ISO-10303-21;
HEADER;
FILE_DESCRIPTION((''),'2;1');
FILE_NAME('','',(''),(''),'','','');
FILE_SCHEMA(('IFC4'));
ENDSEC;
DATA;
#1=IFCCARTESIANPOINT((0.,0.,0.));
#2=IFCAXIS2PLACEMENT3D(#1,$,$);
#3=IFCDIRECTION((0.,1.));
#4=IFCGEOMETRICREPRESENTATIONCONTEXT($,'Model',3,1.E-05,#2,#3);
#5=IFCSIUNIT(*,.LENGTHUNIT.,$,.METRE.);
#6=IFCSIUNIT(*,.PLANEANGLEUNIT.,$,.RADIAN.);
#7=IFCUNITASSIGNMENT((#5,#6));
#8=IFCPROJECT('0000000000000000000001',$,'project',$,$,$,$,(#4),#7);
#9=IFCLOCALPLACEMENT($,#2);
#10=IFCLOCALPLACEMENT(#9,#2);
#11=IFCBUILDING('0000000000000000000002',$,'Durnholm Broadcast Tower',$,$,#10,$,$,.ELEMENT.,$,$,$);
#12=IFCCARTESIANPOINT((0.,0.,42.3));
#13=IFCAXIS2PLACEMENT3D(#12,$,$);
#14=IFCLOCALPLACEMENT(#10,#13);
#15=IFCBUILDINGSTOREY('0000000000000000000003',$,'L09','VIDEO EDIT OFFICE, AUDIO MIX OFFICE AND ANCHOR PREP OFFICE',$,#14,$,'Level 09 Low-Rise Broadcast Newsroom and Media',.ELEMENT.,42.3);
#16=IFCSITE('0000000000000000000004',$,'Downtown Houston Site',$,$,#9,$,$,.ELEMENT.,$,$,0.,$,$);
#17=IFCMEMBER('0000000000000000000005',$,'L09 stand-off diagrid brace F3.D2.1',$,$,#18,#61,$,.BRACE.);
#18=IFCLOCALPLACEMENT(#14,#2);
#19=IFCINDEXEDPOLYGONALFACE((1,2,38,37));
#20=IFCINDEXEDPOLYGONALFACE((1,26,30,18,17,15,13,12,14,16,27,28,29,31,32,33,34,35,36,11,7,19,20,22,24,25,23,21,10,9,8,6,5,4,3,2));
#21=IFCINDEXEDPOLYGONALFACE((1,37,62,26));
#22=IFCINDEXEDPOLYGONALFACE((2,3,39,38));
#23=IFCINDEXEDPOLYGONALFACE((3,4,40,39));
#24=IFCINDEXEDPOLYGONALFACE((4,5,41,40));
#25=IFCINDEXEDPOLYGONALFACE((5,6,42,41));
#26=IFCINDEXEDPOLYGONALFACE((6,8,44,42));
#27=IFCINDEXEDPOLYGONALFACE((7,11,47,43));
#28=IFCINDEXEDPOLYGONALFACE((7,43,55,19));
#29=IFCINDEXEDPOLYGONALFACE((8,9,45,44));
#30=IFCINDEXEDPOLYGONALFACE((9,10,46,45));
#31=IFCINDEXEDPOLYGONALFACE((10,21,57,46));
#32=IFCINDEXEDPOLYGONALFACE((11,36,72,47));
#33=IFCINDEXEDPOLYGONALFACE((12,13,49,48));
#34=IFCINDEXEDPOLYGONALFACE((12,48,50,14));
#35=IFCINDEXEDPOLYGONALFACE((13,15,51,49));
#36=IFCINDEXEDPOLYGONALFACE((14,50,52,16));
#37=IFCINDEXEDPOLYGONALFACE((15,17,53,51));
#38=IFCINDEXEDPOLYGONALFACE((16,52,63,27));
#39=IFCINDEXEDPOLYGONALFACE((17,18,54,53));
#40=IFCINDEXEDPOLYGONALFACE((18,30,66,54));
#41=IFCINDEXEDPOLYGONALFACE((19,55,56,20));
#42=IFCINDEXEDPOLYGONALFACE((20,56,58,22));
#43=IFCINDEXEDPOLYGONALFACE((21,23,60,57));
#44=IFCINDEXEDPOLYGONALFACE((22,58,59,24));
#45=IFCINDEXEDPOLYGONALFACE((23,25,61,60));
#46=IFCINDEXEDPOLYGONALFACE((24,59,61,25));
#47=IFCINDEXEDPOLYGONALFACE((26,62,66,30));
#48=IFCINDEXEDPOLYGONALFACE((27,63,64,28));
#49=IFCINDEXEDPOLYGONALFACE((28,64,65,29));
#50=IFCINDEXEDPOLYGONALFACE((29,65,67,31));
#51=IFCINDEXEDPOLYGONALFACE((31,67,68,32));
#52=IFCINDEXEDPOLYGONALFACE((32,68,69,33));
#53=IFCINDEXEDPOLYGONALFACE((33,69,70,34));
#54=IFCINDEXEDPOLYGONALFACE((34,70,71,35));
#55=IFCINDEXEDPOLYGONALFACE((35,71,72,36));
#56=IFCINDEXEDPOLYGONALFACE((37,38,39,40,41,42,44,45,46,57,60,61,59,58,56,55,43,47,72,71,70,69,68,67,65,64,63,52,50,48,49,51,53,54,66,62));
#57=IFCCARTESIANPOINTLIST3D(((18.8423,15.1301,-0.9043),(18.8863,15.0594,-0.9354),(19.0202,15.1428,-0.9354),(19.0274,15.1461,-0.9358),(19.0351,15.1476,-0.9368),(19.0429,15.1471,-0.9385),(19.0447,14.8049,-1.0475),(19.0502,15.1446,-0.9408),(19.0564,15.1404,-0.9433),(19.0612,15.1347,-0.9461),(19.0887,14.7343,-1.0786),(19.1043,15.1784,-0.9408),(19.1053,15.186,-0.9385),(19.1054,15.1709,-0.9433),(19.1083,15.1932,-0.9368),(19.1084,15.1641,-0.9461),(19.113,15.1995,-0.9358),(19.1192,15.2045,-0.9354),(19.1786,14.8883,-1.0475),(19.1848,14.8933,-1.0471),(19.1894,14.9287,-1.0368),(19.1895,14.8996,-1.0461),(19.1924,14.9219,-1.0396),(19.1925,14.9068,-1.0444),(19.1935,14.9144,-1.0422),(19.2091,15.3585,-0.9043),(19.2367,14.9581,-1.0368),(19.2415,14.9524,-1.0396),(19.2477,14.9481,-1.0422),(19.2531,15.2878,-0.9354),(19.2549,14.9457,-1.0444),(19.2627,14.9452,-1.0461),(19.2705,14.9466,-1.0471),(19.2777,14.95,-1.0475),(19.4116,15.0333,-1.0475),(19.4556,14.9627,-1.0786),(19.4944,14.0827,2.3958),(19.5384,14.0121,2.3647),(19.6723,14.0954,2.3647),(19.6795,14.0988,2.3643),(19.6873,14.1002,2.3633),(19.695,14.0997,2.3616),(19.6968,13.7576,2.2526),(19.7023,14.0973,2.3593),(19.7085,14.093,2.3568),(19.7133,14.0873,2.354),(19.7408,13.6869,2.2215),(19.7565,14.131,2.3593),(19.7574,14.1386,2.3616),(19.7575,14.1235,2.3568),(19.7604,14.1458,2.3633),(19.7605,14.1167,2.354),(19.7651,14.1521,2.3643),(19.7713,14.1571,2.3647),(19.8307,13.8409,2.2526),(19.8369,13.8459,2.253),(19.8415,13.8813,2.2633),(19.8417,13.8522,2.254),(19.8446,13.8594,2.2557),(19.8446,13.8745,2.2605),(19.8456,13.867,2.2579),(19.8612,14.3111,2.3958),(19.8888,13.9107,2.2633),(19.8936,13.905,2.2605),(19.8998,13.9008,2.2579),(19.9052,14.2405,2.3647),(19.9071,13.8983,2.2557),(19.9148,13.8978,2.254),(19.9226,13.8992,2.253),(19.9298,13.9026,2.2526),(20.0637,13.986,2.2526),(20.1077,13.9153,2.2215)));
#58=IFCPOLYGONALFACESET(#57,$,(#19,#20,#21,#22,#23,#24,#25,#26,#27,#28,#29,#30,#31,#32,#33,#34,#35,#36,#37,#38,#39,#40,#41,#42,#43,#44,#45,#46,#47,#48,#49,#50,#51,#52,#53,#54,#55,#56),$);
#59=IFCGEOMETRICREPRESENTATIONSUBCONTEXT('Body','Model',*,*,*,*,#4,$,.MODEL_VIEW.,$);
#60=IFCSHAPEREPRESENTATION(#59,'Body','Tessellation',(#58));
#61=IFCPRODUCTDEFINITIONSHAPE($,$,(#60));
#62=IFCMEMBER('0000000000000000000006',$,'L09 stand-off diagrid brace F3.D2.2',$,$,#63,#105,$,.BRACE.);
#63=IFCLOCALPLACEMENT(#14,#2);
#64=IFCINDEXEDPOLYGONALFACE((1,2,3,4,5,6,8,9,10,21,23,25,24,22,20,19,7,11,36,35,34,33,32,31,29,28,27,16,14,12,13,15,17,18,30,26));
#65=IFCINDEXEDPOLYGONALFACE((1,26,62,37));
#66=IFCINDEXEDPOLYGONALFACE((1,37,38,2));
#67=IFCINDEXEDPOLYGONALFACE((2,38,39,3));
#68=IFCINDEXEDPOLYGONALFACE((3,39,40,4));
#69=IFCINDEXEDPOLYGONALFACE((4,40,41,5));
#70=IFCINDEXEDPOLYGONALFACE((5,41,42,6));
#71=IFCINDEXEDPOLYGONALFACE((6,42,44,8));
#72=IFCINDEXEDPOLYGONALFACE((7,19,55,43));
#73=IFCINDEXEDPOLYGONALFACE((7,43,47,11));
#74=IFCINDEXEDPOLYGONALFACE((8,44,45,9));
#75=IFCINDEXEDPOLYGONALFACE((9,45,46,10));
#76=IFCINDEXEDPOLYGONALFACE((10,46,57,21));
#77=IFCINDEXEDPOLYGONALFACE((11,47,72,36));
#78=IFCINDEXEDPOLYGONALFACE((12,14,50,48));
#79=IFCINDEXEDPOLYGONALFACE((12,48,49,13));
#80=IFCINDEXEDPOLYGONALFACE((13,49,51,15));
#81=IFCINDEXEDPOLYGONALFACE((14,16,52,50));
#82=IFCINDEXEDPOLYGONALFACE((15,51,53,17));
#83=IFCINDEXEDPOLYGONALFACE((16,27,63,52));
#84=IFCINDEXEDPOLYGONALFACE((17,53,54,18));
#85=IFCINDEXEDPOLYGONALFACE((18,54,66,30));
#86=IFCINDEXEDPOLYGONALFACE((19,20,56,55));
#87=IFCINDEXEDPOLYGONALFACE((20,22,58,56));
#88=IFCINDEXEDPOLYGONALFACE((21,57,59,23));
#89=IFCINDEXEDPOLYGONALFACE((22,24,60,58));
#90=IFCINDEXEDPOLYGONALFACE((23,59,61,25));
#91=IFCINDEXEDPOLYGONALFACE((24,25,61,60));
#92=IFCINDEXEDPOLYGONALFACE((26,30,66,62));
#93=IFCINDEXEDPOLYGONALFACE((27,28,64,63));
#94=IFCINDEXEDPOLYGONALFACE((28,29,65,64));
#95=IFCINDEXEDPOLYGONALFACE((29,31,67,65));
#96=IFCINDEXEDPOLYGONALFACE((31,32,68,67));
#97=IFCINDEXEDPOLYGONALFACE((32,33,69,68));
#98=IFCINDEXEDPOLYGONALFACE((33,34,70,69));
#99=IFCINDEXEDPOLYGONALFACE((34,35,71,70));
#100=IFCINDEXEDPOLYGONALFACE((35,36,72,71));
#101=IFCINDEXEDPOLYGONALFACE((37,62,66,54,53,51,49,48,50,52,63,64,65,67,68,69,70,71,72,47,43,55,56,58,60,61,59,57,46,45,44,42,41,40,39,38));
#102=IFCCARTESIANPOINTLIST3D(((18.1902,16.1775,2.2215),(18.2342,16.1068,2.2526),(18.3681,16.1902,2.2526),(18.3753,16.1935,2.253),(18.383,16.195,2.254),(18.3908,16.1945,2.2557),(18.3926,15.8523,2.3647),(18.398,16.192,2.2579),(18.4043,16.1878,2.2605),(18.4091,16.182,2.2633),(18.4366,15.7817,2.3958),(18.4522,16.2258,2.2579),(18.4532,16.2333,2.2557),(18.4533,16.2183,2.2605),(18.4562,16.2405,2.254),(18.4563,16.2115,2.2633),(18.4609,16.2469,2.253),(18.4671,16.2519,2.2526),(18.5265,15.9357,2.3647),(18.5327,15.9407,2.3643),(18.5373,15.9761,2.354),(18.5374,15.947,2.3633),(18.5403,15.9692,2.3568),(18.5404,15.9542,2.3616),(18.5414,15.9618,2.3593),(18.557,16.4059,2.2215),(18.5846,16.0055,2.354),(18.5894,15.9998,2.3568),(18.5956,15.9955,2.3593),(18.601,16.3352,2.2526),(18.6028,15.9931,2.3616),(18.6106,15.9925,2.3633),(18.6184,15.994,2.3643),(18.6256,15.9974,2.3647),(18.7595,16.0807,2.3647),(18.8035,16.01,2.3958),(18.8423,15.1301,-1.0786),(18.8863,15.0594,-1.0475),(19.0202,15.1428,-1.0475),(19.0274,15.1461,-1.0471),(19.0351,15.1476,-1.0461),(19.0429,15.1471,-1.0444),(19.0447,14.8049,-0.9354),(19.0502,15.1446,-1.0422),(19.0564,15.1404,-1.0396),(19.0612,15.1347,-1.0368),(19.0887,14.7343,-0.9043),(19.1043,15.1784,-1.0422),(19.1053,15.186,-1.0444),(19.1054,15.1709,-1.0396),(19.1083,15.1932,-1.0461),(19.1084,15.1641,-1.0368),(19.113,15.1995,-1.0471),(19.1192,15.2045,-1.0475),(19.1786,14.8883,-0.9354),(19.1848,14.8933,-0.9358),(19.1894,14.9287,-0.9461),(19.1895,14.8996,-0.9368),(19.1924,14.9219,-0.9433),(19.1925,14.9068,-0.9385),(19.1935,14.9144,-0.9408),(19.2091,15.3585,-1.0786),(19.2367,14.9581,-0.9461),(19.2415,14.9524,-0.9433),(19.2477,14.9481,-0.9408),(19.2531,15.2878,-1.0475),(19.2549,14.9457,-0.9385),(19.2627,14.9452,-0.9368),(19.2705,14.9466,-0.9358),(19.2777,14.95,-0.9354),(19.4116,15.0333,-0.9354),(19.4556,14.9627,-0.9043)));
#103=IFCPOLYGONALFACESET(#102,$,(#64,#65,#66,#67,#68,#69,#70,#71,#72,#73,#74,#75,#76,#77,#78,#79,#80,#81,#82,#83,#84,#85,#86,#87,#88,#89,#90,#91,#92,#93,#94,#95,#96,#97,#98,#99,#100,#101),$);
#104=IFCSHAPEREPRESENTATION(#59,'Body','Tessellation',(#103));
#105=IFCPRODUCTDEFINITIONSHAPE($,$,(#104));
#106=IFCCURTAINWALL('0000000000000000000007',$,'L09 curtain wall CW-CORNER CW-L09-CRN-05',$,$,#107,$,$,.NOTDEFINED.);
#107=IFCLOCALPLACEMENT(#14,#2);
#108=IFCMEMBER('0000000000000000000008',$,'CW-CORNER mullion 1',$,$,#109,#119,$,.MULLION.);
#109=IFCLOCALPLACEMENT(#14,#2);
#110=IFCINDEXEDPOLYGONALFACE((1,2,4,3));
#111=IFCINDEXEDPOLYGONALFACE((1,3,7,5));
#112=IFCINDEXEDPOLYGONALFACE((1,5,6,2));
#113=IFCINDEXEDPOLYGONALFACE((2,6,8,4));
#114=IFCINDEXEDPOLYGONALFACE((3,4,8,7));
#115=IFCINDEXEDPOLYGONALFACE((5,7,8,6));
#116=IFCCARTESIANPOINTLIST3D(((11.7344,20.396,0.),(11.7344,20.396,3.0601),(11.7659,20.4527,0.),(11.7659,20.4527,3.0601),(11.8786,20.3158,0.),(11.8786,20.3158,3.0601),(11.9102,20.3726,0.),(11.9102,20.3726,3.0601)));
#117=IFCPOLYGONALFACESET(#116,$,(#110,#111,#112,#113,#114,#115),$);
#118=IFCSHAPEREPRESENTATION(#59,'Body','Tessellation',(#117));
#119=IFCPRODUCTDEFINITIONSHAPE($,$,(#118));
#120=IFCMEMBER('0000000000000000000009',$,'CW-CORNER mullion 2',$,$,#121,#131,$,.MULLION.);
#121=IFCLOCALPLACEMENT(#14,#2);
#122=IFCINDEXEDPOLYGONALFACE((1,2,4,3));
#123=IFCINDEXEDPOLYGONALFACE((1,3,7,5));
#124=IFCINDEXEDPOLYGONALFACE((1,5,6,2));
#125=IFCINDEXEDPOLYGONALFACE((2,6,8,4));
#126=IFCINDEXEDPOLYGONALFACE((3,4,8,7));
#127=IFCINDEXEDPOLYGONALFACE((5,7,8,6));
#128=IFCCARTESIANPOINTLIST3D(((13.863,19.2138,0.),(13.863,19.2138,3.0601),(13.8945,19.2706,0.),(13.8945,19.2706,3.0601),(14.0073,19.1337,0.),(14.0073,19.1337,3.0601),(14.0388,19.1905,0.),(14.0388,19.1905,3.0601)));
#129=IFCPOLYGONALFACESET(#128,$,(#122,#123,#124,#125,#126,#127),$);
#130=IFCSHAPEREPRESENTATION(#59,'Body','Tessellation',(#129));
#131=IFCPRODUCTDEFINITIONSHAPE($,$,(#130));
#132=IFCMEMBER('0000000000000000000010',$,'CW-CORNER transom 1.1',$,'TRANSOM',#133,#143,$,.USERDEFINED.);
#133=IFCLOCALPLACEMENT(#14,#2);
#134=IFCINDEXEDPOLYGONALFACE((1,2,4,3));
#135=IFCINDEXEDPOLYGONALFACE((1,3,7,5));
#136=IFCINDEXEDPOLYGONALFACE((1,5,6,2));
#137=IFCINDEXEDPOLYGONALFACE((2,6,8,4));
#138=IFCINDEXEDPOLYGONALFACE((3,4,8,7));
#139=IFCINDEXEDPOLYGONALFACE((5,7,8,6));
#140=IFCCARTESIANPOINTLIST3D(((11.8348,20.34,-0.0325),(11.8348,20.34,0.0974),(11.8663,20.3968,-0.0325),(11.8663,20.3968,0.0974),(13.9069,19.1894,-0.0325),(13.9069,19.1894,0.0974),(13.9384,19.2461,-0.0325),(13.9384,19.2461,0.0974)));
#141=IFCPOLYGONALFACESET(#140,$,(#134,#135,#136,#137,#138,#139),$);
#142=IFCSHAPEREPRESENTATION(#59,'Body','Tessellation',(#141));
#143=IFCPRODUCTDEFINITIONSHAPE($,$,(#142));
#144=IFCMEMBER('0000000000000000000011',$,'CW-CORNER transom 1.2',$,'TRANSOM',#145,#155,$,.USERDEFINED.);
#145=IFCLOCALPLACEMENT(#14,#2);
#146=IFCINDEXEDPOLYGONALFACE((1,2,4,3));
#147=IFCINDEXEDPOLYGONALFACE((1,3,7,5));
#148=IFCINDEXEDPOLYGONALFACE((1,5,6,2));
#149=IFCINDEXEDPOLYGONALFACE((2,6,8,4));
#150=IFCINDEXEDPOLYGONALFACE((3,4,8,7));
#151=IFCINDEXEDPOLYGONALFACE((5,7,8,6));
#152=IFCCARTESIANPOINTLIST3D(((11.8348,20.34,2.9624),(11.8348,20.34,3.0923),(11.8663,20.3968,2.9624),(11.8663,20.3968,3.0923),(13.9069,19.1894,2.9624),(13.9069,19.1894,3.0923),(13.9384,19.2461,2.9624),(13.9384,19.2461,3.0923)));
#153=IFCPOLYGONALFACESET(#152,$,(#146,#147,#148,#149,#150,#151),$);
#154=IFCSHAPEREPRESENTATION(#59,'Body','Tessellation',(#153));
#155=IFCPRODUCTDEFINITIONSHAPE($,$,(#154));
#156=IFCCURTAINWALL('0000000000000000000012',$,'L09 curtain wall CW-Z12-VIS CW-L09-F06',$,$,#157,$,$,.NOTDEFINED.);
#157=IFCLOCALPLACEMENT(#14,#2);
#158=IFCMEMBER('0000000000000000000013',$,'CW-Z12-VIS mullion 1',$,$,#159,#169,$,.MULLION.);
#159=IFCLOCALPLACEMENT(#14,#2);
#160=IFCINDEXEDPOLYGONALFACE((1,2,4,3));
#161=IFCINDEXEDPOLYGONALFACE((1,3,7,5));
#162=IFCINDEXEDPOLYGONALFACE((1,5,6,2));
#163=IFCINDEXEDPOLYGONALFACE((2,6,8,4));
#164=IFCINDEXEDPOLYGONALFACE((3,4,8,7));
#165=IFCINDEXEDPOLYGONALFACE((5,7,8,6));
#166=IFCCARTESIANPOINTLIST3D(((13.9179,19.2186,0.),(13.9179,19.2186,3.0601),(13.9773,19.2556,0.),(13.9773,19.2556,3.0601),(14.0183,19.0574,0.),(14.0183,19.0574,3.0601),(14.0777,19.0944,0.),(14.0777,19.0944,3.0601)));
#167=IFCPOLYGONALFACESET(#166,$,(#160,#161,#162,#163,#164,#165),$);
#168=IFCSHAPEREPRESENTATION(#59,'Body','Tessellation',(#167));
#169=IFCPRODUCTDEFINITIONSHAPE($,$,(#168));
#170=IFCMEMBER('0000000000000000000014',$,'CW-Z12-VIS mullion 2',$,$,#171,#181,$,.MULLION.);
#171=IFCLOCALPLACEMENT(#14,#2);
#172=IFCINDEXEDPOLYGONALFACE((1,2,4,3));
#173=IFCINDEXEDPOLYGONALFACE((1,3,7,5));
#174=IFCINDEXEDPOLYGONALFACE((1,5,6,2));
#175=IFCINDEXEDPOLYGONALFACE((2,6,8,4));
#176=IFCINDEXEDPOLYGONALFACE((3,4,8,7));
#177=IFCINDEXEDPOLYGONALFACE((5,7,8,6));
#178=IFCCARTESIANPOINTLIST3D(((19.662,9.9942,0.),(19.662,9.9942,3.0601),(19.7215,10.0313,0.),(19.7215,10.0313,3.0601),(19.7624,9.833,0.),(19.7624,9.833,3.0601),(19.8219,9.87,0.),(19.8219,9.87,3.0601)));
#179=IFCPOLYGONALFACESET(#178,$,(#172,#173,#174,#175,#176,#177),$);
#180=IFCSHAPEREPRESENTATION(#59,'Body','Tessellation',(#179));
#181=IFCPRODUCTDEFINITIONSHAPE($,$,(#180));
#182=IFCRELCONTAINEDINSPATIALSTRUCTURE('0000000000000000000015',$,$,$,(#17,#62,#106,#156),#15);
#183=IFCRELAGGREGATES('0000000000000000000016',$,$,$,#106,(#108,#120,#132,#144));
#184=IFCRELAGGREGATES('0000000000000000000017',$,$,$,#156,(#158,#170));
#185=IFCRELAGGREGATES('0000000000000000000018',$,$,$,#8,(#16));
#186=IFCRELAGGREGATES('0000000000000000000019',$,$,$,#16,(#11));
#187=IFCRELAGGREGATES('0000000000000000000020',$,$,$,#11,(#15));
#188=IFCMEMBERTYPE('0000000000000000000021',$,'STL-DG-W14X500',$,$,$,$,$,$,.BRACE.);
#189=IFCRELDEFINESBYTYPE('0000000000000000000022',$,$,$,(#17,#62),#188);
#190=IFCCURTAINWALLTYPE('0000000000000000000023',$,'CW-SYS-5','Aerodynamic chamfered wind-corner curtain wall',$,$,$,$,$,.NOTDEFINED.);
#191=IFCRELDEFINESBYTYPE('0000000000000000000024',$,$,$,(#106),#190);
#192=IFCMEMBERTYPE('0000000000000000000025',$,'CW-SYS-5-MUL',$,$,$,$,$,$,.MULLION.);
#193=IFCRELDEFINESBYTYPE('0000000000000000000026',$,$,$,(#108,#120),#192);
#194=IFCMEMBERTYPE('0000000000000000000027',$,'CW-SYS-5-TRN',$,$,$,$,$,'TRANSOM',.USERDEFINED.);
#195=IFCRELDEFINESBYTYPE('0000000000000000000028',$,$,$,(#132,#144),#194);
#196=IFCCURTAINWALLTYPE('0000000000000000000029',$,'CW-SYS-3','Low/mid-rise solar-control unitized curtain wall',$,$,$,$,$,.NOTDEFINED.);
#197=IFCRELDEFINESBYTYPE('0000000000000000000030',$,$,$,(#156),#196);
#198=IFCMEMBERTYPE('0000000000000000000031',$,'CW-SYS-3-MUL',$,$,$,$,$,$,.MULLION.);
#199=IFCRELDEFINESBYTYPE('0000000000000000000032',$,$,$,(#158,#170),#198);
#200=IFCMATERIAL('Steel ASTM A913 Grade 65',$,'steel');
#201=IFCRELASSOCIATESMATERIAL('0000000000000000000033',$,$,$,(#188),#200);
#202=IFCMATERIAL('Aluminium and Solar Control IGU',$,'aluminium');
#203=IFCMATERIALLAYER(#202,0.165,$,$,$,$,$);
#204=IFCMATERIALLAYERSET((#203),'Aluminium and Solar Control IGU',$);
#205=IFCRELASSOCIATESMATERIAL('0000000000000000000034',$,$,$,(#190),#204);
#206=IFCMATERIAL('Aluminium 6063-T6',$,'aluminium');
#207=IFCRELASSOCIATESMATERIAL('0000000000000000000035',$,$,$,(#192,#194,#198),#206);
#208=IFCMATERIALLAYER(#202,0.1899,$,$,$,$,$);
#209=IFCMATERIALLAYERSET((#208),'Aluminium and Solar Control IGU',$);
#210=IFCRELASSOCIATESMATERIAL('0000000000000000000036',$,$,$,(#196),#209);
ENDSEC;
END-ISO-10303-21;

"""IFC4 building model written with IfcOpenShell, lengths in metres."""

from ifc_helpers import new_model, si_unit, direction, frame, origin, origin_2d, place, context, subcontext, project, spatial, rectangle, i_section, extrude, source, transform, mapped, material, layer, layer_set, material_profile, profile_set, type_object, type_shapes, element, aggregate, save


model = new_model("IFC4")

# Units and contexts
model_context = context("Model", 3, precision=1e-05, world=origin(), true_north=direction((0.0, 1.0)))
body_context = subcontext(model_context, "Body", "Model", "MODEL_VIEW")
ifc_project = project(units=[si_unit("LENGTHUNIT", "METRE"), si_unit("PLANEANGLEUNIT", "RADIAN")], contexts=[model_context])

# Site, building, storey
site_placement = place(None, origin())
site = spatial("IfcSite", under=ifc_project, at=site_placement, Name="Downtown Houston Site", CompositionType="ELEMENT", RefElevation=0.0)
building_placement = place(site_placement, origin())
building = spatial("IfcBuilding", under=site, at=building_placement, Name="Durnholm Broadcast Tower", CompositionType="ELEMENT")
storey_placement = place(building_placement, frame((0.0, 0.0, 42.3)))
storey = spatial("IfcBuildingStorey", under=building, at=storey_placement, Name="L09", Description="VIDEO EDIT OFFICE, AUDIO MIX OFFICE AND ANCHOR PREP OFFICE", LongName="Level 09 Low-Rise Broadcast Newsroom and Media", CompositionType="ELEMENT", Elevation=42.3)

# Members
ifc_material_1 = material(Name="Steel ASTM A913 Grade 65", Category="steel")
ifc_material_profile_1 = material_profile(ifc_material_1, i_section(OverallWidth=0.4321, OverallDepth=0.4978, WebThickness=0.0557, FlangeThickness=0.0889, FilletRadius=0.0305, at=origin_2d()), Name="W14X500")
ifc_profile_set_1 = profile_set([ifc_material_profile_1], Name="Steel ASTM A913 Grade 65")
member_type_1 = type_object("IfcMemberType", Name="STL-DG-W14X500", PredefinedType="BRACE", material=ifc_profile_set_1)
shared_shape_1 = source(origin(), body_context, "Body", "SweptSolid", [
    extrude(i_section(OverallWidth=0.4321, OverallDepth=0.4978, WebThickness=0.0557, FlangeThickness=0.0889, FilletRadius=0.0305, at=origin_2d()), origin(), (0.0, 0.0, 1.0), 3.5232),
])
type_shapes(member_type_1, [shared_shape_1])
for number, where, z_axis, x_axis, name in (
    (1, (19.1489, 15.0464, -0.9915), (0.18509, -0.297281, 0.936678), (0.848909, 0.52854, 0.0), "L09 stand-off diagrid brace F3.D2.1"),
    (2, (19.1489, 15.0464, -0.9915), (-0.18509, 0.297281, 0.936678), (-0.848909, -0.52854, 0.0), "L09 stand-off diagrid brace F3.D2.2"),
):
    element("IfcMember", number, at=place(storey_placement, frame(where, z_axis=z_axis, x_axis=x_axis)), inside=storey, type_object=member_type_1, Name=name, PredefinedType="BRACE", context=body_context, shape_type="MappedRepresentation", body=[
        mapped(shared_shape_1, transform((0.0, 0.0, 0.0), x_axis=(1.0, 0.0, 0.0), y_axis=(0.0, 1.0, 0.0), z_axis=(0.0, 0.0, 1.0), scale=1.0)),
    ])

# Curtain walls, members
ifc_material_2 = material(Name="Aluminium and Solar Control IGU", Category="aluminium")
ifc_layer_1 = layer(ifc_material_2, 0.165)
ifc_layer_set_1 = layer_set([ifc_layer_1], Name="Aluminium and Solar Control IGU")
curtain_wall_type_1 = type_object("IfcCurtainWallType", Name="CW-SYS-5", Description="Aerodynamic chamfered wind-corner curtain wall", PredefinedType="NOTDEFINED", material=ifc_layer_set_1)
curtain_wall_1_placement = place(storey_placement, origin())
curtain_wall_1 = element("IfcCurtainWall", 3, at=curtain_wall_1_placement, inside=storey, type_object=curtain_wall_type_1, Name="L09 curtain wall CW-CORNER CW-L09-CRN-05", PredefinedType="NOTDEFINED")
ifc_material_3 = material(Name="Aluminium 6063-T6", Category="aluminium")
ifc_material_profile_2 = material_profile(ifc_material_3, rectangle(XDim=0.0649, YDim=0.165, at=origin_2d()), Name="CWM65X165")
ifc_profile_set_2 = profile_set([ifc_material_profile_2], Name="Aluminium 6063-T6")
member_type_2 = type_object("IfcMemberType", Name="CW-SYS-5-MUL", PredefinedType="MULLION", material=ifc_profile_set_2)
shared_shape_2 = source(origin(), body_context, "Body", "SweptSolid", [
    extrude(rectangle(XDim=0.0649, YDim=0.165, at=origin_2d()), origin(), (0.0, 0.0, 1.0), 3.0601),
])
type_shapes(member_type_2, [shared_shape_2])
member_1_placement = place(storey_placement, frame((11.8223, 20.3843, 0.0), z_axis=(0.0, 0.0, 1.0), x_axis=(0.485483, 0.874246, 0.0)))
member_1 = element("IfcMember", 4, at=member_1_placement, type_object=member_type_2, Name="CW-CORNER mullion 1", PredefinedType="MULLION", context=body_context, shape_type="MappedRepresentation", body=[
    mapped(shared_shape_2, transform((0.0, 0.0, 0.0), x_axis=(1.0, 0.0, 0.0), y_axis=(0.0, 1.0, 0.0), z_axis=(0.0, 0.0, 1.0), scale=1.0)),
])
member_2_placement = place(storey_placement, frame((13.9509, 19.2021, 0.0), z_axis=(0.0, 0.0, 1.0), x_axis=(0.485483, 0.874246, 0.0)))
member_2 = element("IfcMember", 5, at=member_2_placement, type_object=member_type_2, Name="CW-CORNER mullion 2", PredefinedType="MULLION", context=body_context, shape_type="MappedRepresentation", body=[
    mapped(shared_shape_2, transform((0.0, 0.0, 0.0), x_axis=(1.0, 0.0, 0.0), y_axis=(0.0, 1.0, 0.0), z_axis=(0.0, 0.0, 1.0), scale=1.0)),
])
ifc_material_profile_3 = material_profile(ifc_material_3, rectangle(XDim=0.0649, YDim=0.1299, at=origin_2d()), Name="CWT65X130")
ifc_profile_set_3 = profile_set([ifc_material_profile_3], Name="Aluminium 6063-T6")
member_type_3 = type_object("IfcMemberType", Name="CW-SYS-5-TRN", ElementType="TRANSOM", PredefinedType="USERDEFINED", material=ifc_profile_set_3)
shared_shape_3 = source(origin(), body_context, "Body", "SweptSolid", [
    extrude(rectangle(XDim=0.0649, YDim=0.1299, at=origin_2d()), origin(), (0.0, 0.0, 1.0), 2.3701),
])
type_shapes(member_type_3, [shared_shape_3])
member_3_placement = place(storey_placement, frame((11.8506, 20.3684, 0.0325), z_axis=(0.874245, -0.485485, 0.0), x_axis=(0.485485, 0.874245, 0.0)))
member_3 = element("IfcMember", 6, at=member_3_placement, type_object=member_type_3, Name="CW-CORNER transom 1.1", ObjectType="TRANSOM", PredefinedType="USERDEFINED", context=body_context, shape_type="MappedRepresentation", body=[
    mapped(shared_shape_3, transform((0.0, 0.0, 0.0), x_axis=(1.0, 0.0, 0.0), y_axis=(0.0, 1.0, 0.0), z_axis=(0.0, 0.0, 1.0), scale=1.0)),
])
member_4_placement = place(storey_placement, frame((11.8506, 20.3684, 3.0273), z_axis=(0.874245, -0.485485, 0.0), x_axis=(0.485485, 0.874245, 0.0)))
member_4 = element("IfcMember", 7, at=member_4_placement, type_object=member_type_3, Name="CW-CORNER transom 1.2", ObjectType="TRANSOM", PredefinedType="USERDEFINED", context=body_context, shape_type="MappedRepresentation", body=[
    mapped(shared_shape_3, transform((0.0, 0.0, 0.0), x_axis=(1.0, 0.0, 0.0), y_axis=(0.0, 1.0, 0.0), z_axis=(0.0, 0.0, 1.0), scale=1.0)),
])
ifc_layer_2 = layer(ifc_material_2, 0.1899)
ifc_layer_set_2 = layer_set([ifc_layer_2], Name="Aluminium and Solar Control IGU")
curtain_wall_type_2 = type_object("IfcCurtainWallType", Name="CW-SYS-3", Description="Low/mid-rise solar-control unitized curtain wall", PredefinedType="NOTDEFINED", material=ifc_layer_set_2)
curtain_wall_2_placement = place(storey_placement, origin())
curtain_wall_2 = element("IfcCurtainWall", 8, at=curtain_wall_2_placement, inside=storey, type_object=curtain_wall_type_2, Name="L09 curtain wall CW-Z12-VIS CW-L09-F06", PredefinedType="NOTDEFINED")
ifc_material_profile_4 = material_profile(ifc_material_3, rectangle(XDim=0.0701, YDim=0.1899, at=origin_2d()), Name="CWM70X190")
ifc_profile_set_4 = profile_set([ifc_material_profile_4], Name="Aluminium 6063-T6")
member_type_4 = type_object("IfcMemberType", Name="CW-SYS-3-MUL", PredefinedType="MULLION", material=ifc_profile_set_4)
shared_shape_4 = source(origin(), body_context, "Body", "SweptSolid", [
    extrude(rectangle(XDim=0.0701, YDim=0.1899, at=origin_2d()), origin(), (0.0, 0.0, 1.0), 3.0601),
])
type_shapes(member_type_4, [shared_shape_4])
member_5_placement = place(storey_placement, frame((13.9978, 19.1565, 0.0), z_axis=(0.0, 0.0, 1.0), x_axis=(0.848876, 0.528592, 0.0)))
member_5 = element("IfcMember", 9, at=member_5_placement, type_object=member_type_4, Name="CW-Z12-VIS mullion 1", PredefinedType="MULLION", context=body_context, shape_type="MappedRepresentation", body=[
    mapped(shared_shape_4, transform((0.0, 0.0, 0.0), x_axis=(1.0, 0.0, 0.0), y_axis=(0.0, 1.0, 0.0), z_axis=(0.0, 0.0, 1.0), scale=1.0)),
])
member_6_placement = place(storey_placement, frame((19.7419, 9.9321, 0.0), z_axis=(0.0, 0.0, 1.0), x_axis=(0.848876, 0.528592, 0.0)))
member_6 = element("IfcMember", 10, at=member_6_placement, type_object=member_type_4, Name="CW-Z12-VIS mullion 2", PredefinedType="MULLION", context=body_context, shape_type="MappedRepresentation", body=[
    mapped(shared_shape_4, transform((0.0, 0.0, 0.0), x_axis=(1.0, 0.0, 0.0), y_axis=(0.0, 1.0, 0.0), z_axis=(0.0, 0.0, 1.0), scale=1.0)),
])

aggregate(curtain_wall_1, [member_1, member_2, member_3, member_4])
aggregate(curtain_wall_2, [member_5, member_6])

save(model, "model.ifc")
